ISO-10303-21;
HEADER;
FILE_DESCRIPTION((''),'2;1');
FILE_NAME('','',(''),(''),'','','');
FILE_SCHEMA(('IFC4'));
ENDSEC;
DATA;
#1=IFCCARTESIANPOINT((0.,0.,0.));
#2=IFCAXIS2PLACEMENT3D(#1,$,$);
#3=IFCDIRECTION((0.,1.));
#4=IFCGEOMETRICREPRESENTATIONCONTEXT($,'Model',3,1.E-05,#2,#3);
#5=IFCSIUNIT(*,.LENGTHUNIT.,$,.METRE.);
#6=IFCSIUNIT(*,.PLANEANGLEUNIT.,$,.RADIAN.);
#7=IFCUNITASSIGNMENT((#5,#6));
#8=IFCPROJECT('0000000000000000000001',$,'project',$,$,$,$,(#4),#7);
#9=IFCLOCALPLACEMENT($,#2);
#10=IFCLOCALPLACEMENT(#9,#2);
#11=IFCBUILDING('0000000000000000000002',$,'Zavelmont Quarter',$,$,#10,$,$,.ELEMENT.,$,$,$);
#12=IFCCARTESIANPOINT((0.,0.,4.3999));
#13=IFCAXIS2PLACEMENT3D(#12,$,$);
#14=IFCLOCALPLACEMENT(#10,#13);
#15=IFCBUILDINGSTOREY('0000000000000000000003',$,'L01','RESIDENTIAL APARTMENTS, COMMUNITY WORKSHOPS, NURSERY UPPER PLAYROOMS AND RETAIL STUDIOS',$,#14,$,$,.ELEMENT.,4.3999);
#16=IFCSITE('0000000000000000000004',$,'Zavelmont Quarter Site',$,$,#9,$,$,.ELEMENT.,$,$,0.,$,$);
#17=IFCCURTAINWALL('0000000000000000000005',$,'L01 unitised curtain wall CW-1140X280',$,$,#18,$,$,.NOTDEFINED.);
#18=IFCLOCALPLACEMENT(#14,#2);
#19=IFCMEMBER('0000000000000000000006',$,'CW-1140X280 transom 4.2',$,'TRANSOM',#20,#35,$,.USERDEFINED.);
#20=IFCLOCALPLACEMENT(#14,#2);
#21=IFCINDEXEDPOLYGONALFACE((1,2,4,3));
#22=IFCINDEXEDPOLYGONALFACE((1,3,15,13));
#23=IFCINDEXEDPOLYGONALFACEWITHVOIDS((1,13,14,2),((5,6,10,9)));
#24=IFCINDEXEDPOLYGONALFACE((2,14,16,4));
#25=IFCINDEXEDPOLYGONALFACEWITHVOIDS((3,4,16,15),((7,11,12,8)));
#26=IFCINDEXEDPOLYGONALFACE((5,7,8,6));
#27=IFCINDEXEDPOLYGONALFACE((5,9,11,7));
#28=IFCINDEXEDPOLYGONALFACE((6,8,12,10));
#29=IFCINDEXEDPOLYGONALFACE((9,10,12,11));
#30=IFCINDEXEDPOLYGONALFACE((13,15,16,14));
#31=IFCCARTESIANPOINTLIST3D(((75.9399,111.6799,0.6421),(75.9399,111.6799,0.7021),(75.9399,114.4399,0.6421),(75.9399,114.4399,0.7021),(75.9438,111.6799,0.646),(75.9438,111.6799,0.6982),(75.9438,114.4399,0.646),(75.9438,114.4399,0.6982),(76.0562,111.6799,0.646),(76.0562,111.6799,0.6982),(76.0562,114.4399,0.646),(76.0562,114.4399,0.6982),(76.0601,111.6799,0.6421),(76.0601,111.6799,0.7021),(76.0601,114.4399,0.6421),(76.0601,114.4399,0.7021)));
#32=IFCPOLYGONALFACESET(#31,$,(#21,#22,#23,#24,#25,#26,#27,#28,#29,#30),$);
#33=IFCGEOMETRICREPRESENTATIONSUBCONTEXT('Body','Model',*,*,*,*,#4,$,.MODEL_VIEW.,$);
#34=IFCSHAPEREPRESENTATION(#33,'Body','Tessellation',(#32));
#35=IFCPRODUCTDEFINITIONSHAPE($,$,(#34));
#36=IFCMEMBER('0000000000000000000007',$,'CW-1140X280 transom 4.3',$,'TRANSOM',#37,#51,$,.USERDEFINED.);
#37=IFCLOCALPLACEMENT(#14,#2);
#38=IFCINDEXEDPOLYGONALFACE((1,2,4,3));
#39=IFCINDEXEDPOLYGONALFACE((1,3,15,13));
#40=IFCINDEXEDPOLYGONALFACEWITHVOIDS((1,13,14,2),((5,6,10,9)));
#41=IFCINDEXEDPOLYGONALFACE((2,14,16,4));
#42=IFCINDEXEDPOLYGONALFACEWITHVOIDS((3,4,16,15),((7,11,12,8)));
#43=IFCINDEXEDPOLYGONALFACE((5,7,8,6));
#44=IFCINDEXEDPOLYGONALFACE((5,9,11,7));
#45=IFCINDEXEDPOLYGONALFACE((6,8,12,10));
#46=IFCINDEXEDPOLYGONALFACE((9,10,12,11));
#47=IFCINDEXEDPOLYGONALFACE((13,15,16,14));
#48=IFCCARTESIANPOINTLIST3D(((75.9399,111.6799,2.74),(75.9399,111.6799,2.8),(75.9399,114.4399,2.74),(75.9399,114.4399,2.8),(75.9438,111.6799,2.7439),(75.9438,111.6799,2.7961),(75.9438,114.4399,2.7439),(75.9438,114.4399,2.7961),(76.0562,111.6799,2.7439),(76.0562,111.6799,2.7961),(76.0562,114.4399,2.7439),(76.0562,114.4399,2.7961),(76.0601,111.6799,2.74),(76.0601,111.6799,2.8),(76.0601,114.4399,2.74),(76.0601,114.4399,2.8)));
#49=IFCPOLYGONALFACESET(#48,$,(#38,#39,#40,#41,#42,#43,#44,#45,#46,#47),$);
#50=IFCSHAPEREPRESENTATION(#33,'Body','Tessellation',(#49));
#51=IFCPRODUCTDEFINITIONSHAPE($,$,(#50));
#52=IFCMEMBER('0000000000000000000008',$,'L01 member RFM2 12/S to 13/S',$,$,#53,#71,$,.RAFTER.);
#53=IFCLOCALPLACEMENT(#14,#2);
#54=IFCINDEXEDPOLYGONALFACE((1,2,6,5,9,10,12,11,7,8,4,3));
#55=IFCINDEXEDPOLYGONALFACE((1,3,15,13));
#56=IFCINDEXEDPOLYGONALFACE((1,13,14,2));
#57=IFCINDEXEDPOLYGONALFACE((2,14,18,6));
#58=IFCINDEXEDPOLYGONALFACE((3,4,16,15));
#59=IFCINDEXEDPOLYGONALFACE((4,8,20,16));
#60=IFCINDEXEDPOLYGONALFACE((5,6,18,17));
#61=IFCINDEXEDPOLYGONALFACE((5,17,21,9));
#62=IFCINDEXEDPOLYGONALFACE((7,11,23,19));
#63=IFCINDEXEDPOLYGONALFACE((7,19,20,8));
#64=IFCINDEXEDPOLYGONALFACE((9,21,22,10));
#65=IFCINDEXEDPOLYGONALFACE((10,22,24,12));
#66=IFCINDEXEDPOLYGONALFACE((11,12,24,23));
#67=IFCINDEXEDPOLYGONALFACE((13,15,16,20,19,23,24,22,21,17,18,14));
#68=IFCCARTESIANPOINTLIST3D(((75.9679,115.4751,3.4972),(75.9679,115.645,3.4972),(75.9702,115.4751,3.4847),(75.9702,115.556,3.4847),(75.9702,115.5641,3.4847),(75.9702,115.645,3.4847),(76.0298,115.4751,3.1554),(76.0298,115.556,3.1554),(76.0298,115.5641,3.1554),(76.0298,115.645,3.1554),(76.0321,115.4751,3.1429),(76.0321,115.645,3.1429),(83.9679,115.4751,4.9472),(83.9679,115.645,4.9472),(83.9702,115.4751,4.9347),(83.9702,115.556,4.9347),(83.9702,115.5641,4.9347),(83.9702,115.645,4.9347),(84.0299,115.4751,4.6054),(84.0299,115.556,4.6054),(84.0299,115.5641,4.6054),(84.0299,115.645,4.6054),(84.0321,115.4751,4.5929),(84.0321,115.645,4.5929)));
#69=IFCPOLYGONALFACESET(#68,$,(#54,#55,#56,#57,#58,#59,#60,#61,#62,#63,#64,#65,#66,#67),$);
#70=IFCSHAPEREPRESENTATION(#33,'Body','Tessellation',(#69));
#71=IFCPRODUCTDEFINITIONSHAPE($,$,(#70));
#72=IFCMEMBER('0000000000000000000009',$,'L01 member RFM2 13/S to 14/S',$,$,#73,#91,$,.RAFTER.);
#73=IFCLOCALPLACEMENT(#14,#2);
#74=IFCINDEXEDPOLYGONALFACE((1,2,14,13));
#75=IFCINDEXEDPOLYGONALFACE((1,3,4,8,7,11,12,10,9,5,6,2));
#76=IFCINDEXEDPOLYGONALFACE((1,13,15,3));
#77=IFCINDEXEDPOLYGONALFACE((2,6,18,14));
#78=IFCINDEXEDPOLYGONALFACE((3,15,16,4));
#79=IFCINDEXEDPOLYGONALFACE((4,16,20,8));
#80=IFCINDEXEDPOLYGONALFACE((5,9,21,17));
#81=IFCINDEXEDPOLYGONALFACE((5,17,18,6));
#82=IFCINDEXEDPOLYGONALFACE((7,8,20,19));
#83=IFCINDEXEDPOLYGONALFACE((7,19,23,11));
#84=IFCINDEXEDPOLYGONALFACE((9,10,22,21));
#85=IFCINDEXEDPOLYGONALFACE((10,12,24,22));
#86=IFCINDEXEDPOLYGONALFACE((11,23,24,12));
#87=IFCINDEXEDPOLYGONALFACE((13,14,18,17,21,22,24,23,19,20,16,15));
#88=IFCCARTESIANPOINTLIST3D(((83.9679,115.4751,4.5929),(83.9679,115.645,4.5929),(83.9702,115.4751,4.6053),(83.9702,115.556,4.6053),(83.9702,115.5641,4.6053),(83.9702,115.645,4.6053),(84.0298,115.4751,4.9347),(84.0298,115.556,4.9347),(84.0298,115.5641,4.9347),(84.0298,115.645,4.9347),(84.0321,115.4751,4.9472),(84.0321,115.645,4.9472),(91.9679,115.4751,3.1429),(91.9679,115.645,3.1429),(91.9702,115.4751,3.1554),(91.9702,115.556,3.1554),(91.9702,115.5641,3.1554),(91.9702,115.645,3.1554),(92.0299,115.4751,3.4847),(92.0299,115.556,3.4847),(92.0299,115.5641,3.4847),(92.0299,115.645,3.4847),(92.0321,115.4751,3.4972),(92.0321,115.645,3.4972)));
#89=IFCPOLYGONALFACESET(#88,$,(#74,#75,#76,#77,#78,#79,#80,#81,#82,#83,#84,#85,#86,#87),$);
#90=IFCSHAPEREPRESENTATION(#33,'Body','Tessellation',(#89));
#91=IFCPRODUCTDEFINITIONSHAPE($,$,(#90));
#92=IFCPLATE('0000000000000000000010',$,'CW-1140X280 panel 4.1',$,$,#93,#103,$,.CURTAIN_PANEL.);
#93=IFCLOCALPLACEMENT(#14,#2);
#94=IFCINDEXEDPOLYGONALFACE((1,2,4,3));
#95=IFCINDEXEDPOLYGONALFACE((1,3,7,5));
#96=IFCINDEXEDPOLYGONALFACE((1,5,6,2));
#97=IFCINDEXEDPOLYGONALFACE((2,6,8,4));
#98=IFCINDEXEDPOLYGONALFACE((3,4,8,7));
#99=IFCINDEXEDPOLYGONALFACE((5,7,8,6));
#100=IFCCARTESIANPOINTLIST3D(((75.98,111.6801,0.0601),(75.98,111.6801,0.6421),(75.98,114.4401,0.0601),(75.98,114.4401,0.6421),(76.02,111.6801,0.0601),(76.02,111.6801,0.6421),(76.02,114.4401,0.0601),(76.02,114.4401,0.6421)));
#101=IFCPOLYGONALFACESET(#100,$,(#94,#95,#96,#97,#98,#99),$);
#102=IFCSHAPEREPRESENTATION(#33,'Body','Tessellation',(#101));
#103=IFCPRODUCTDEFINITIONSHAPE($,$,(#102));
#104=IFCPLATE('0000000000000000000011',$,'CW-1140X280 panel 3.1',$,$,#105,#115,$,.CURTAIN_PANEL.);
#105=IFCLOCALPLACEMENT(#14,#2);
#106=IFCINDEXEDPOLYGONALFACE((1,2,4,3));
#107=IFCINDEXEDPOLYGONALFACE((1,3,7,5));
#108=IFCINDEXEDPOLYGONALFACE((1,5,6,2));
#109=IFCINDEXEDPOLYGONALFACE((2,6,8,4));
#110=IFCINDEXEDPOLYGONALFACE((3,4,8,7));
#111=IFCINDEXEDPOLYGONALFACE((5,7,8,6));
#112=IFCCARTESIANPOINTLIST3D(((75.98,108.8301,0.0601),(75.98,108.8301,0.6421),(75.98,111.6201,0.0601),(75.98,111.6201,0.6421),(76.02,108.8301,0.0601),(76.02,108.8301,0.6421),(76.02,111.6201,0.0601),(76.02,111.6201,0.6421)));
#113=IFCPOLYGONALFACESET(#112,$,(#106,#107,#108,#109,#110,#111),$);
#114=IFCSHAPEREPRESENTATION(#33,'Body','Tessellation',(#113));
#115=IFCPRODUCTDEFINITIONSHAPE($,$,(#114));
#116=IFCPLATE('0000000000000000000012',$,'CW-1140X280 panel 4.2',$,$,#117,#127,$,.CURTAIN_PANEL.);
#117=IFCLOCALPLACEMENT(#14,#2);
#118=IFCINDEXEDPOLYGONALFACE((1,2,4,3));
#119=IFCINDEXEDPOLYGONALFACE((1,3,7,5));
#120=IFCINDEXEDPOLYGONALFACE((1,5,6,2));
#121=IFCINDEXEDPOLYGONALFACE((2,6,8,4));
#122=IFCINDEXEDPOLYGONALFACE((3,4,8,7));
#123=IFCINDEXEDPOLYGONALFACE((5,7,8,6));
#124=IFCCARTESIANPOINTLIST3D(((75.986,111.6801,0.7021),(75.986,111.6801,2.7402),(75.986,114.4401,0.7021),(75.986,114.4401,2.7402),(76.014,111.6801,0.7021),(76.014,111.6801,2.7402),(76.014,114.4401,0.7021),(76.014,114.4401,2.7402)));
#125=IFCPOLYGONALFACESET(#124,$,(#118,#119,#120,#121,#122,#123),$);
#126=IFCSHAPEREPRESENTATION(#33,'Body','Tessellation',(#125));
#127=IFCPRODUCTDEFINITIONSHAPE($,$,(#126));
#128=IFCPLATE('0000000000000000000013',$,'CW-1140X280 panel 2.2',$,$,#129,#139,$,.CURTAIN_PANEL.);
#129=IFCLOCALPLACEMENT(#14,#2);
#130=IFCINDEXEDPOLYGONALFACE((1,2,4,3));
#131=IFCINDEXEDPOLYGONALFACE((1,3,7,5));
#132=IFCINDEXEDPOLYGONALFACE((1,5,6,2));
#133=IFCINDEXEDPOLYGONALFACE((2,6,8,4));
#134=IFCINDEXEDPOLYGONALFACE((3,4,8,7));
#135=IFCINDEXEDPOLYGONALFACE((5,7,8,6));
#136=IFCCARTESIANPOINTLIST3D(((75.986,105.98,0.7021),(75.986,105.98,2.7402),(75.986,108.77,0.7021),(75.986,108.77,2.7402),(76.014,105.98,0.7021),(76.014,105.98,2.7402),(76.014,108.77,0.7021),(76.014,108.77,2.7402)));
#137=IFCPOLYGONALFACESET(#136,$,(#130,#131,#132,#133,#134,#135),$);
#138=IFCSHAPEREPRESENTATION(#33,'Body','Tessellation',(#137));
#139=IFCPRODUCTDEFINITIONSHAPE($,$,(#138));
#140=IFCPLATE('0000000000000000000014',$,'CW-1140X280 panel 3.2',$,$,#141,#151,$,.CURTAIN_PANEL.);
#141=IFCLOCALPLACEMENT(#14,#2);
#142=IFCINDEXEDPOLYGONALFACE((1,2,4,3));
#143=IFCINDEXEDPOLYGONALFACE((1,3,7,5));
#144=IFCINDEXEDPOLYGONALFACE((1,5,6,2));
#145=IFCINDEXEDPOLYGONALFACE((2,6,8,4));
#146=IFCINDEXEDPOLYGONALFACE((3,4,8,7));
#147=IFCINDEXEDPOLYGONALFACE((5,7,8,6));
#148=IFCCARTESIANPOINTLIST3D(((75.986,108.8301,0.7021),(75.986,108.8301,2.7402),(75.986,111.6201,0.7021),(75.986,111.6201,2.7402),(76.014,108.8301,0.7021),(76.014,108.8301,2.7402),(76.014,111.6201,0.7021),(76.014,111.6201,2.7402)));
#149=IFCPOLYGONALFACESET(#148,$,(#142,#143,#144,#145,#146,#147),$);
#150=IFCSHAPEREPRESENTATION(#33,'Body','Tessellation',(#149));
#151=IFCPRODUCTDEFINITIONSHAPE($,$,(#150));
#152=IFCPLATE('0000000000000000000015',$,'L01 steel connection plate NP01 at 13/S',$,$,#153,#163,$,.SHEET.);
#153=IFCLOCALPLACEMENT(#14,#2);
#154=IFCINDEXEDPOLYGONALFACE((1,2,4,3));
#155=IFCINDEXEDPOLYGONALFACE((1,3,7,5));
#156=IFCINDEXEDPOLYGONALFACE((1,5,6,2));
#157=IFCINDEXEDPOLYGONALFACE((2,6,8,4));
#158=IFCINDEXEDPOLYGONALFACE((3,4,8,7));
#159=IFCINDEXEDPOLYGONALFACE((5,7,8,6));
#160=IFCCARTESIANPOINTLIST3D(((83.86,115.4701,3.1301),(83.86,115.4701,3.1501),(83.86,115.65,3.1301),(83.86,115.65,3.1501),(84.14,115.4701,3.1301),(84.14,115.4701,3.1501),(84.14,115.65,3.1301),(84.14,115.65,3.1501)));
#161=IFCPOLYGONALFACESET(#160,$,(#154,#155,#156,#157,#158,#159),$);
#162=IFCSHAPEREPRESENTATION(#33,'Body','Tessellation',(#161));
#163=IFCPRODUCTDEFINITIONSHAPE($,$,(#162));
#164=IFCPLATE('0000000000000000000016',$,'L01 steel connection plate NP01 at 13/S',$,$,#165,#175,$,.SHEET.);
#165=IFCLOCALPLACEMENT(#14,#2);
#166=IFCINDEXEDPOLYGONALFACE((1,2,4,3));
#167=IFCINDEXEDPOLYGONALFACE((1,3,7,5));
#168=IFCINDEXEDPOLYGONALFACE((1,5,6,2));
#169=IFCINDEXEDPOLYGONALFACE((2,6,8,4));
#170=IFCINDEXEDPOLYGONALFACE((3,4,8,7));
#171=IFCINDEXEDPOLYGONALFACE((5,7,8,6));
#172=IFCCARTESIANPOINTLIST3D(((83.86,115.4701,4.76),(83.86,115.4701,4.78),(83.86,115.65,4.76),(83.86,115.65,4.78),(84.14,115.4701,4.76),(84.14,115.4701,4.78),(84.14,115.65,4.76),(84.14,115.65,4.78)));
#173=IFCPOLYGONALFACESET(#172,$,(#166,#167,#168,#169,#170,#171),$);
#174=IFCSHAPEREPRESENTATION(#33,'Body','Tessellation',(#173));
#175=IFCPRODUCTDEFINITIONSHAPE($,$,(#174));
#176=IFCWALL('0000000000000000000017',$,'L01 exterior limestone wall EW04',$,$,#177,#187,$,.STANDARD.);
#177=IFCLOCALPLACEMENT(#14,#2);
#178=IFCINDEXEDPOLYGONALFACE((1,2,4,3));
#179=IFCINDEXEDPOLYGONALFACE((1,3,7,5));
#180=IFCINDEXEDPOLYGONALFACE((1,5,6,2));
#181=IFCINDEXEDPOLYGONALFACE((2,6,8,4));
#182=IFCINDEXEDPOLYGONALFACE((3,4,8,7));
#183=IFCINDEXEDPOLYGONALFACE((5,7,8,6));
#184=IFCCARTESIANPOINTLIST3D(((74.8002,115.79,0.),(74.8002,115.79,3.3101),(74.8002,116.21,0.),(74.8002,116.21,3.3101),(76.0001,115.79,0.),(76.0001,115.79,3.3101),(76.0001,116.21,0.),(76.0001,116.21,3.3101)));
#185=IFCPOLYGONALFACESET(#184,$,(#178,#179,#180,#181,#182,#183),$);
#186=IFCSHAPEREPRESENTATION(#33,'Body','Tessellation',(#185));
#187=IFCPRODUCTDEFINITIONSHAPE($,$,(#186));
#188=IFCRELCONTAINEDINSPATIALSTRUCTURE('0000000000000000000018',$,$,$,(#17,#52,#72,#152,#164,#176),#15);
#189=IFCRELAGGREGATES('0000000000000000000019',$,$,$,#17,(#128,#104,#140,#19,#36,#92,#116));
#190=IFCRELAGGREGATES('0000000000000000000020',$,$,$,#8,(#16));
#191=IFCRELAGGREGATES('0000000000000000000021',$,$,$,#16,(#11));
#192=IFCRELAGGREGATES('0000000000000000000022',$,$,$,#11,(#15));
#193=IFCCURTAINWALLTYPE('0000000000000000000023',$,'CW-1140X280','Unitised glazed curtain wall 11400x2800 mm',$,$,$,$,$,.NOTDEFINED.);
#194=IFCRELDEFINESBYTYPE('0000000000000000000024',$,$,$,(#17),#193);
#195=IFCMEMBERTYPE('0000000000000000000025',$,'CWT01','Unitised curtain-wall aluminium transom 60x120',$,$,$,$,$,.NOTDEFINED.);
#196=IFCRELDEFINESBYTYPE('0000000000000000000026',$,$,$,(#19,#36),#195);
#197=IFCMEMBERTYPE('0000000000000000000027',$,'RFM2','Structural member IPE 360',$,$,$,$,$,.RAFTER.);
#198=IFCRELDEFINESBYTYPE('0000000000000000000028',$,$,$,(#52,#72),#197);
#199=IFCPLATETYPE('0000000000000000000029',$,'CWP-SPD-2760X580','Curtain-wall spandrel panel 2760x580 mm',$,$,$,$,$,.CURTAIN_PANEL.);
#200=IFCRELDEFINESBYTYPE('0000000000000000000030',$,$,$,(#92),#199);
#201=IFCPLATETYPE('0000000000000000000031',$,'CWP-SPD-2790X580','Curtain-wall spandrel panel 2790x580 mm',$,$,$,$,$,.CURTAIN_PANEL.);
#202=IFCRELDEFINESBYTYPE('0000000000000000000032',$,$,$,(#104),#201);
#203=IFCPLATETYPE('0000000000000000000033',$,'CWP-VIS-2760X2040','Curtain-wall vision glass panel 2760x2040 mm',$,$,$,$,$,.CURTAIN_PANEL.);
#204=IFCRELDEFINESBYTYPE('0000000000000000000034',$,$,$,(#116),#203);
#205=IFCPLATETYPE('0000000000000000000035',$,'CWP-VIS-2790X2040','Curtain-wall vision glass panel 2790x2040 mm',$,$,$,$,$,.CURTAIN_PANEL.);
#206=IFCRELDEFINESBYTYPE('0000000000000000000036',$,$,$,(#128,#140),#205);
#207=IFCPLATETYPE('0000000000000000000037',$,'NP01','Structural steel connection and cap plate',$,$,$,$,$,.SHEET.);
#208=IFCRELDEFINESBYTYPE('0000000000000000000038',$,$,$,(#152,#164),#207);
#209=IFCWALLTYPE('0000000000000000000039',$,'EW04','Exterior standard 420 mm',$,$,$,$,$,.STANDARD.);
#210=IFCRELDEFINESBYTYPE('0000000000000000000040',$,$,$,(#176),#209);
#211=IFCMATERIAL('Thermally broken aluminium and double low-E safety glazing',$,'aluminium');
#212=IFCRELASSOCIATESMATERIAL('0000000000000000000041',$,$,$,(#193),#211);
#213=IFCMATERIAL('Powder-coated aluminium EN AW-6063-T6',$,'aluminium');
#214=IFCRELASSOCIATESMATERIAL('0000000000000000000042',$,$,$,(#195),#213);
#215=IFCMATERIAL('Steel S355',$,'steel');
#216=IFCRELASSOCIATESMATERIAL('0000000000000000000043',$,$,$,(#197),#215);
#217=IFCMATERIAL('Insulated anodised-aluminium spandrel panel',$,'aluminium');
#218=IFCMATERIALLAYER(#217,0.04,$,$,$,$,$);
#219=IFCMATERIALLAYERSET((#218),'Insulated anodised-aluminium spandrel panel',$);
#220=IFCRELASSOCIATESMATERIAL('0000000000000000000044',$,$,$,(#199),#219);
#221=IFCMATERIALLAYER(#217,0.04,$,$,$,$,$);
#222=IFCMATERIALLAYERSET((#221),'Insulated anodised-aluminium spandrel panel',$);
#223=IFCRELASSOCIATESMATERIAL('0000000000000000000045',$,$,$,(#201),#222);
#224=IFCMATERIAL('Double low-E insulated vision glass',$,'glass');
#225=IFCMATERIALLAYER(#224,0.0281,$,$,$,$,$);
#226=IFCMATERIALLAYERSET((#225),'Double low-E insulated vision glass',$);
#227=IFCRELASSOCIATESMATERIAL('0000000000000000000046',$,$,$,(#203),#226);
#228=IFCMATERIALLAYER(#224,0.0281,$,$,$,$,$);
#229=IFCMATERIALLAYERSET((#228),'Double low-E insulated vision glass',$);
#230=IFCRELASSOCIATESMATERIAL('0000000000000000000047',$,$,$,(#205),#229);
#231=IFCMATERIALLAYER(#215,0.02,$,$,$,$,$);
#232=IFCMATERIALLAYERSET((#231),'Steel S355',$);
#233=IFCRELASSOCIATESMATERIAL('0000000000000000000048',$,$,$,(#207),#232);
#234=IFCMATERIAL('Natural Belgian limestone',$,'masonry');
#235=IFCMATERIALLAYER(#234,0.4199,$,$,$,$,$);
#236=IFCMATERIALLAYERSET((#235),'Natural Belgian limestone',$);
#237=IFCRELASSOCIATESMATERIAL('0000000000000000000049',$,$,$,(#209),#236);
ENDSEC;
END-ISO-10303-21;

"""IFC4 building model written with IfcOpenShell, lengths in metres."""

from ifc_helpers import new_model, si_unit, direction, frame, frame_2d, origin, origin_2d, place, context, subcontext, project, spatial, rectangle, hollow_rectangle, i_section, extrude, material, layer, layer_set, material_profile, profile_set, type_object, element, aggregate, save


model = new_model("IFC4")

# Units and contexts
model_context = context("Model", 3, precision=1e-05, world=origin(), true_north=direction((0.0, 1.0)))
body_context = subcontext(model_context, "Body", "Model", "MODEL_VIEW")
ifc_project = project(units=[si_unit("LENGTHUNIT", "METRE"), si_unit("PLANEANGLEUNIT", "RADIAN")], contexts=[model_context])

# Site, building, storey
site_placement = place(None, origin())
site = spatial("IfcSite", under=ifc_project, at=site_placement, Name="Zavelmont Quarter Site", CompositionType="ELEMENT", RefElevation=0.0)
building_placement = place(site_placement, origin())
building = spatial("IfcBuilding", under=site, at=building_placement, Name="Zavelmont Quarter", CompositionType="ELEMENT")
storey_placement = place(building_placement, frame((0.0, 0.0, 4.3999)))
storey = spatial("IfcBuildingStorey", under=building, at=storey_placement, Name="L01", Description="RESIDENTIAL APARTMENTS, COMMUNITY WORKSHOPS, NURSERY UPPER PLAYROOMS AND RETAIL STUDIOS", CompositionType="ELEMENT", Elevation=4.3999)

# Shared definitions
ifc_material_1 = material(Name="Steel S355", Category="steel")

# Curtain wall, members
ifc_material_2 = material(Name="Thermally broken aluminium and double low-E safety glazing", Category="aluminium")
curtain_wall_type = type_object("IfcCurtainWallType", Name="CW-1140X280", Description="Unitised glazed curtain wall 11400x2800 mm", PredefinedType="NOTDEFINED", material=ifc_material_2)
curtain_wall_placement = place(storey_placement, origin())
curtain_wall = element("IfcCurtainWall", 1, at=curtain_wall_placement, inside=storey, type_object=curtain_wall_type, Name="L01 unitised curtain wall CW-1140X280", PredefinedType="NOTDEFINED")
ifc_material_3 = material(Name="Powder-coated aluminium EN AW-6063-T6", Category="aluminium")
ifc_material_profile_1 = material_profile(ifc_material_3, hollow_rectangle(XDim=0.1201, YDim=0.0601, WallThickness=0.0039, at=origin_2d()), Name="CWT60X120")
ifc_profile_set_1 = profile_set([ifc_material_profile_1], Name="Powder-coated aluminium EN AW-6063-T6")
member_type_1 = type_object("IfcMemberType", Name="CWT01", Description="Unitised curtain-wall aluminium transom 60x120", PredefinedType="NOTDEFINED", material=ifc_profile_set_1)
member_1_placement = place(storey_placement, frame((76.0, 111.6799, 0.6721), z_axis=(0.0, 1.0, 0.0), x_axis=(-1.0, 0.0, 0.0)))
member_1 = element("IfcMember", 2, at=member_1_placement, type_object=member_type_1, Name="CW-1140X280 transom 4.2", ObjectType="TRANSOM", PredefinedType="USERDEFINED", context=body_context, shape_type="SweptSolid", body=[
    extrude(hollow_rectangle(XDim=0.1201, YDim=0.0601, WallThickness=0.0039, at=origin_2d()), origin(), (0.0, 0.0, 1.0), 2.76),
])
member_2_placement = place(storey_placement, frame((76.0, 111.6799, 2.77), z_axis=(0.0, 1.0, 0.0), x_axis=(-1.0, 0.0, 0.0)))
member_2 = element("IfcMember", 3, at=member_2_placement, type_object=member_type_1, Name="CW-1140X280 transom 4.3", ObjectType="TRANSOM", PredefinedType="USERDEFINED", context=body_context, shape_type="SweptSolid", body=[
    extrude(hollow_rectangle(XDim=0.1201, YDim=0.0601, WallThickness=0.0039, at=origin_2d()), origin(), (0.0, 0.0, 1.0), 2.76),
])

# Members
ifc_material_profile_2 = material_profile(ifc_material_1, i_section(OverallWidth=0.1699, OverallDepth=0.3601, WebThickness=0.0081, FlangeThickness=0.0127, at=origin_2d()), Name="IPE 360")
ifc_profile_set_2 = profile_set([ifc_material_profile_2], Name="Steel S355")
member_type_2 = type_object("IfcMemberType", Name="RFM2", Description="Structural member IPE 360", PredefinedType="RAFTER", material=ifc_profile_set_2)
for number, where, z_axis, x_axis, name in (
    (4, (76.0, 115.5601, 3.3201), (0.983969, 0.0, 0.178338), (0.0, 1.0, 0.0), "L01 member RFM2 12/S to 13/S"),
    (5, (84.0, 115.5601, 4.77), (0.983969, 0.0, -0.178338), (0.0, 1.0, 0.0), "L01 member RFM2 13/S to 14/S"),
):
    element("IfcMember", number, at=place(storey_placement, frame(where, z_axis=z_axis, x_axis=x_axis)), inside=storey, type_object=member_type_2, Name=name, PredefinedType="RAFTER", context=body_context, shape_type="SweptSolid", body=[
        extrude(i_section(OverallWidth=0.1699, OverallDepth=0.3601, WebThickness=0.0081, FlangeThickness=0.0127, at=origin_2d()), origin(), (0.0, 0.0, 1.0), 8.1304),
    ])

# Plates
ifc_material_4 = material(Name="Insulated anodised-aluminium spandrel panel", Category="aluminium")
ifc_layer_1 = layer(ifc_material_4, 0.04)
ifc_layer_set_1 = layer_set([ifc_layer_1], Name="Insulated anodised-aluminium spandrel panel")
plate_type_1 = type_object("IfcPlateType", Name="CWP-SPD-2760X580", Description="Curtain-wall spandrel panel 2760x580 mm", PredefinedType="CURTAIN_PANEL", material=ifc_layer_set_1)
plate_1_placement = place(storey_placement, frame((76.0, 113.0601, 0.0601), z_axis=(0.0, 0.0, 1.0), x_axis=(0.0, 1.0, 0.0)))
plate_1 = element("IfcPlate", 6, at=plate_1_placement, type_object=plate_type_1, Name="CW-1140X280 panel 4.1", PredefinedType="CURTAIN_PANEL", context=body_context, shape_type="SweptSolid", body=[
    extrude(rectangle(XDim=2.76, YDim=0.04, at=origin_2d()), origin(), (0.0, 0.0, 1.0), 0.582),
])
ifc_layer_2 = layer(ifc_material_4, 0.04)
ifc_layer_set_2 = layer_set([ifc_layer_2], Name="Insulated anodised-aluminium spandrel panel")
plate_type_2 = type_object("IfcPlateType", Name="CWP-SPD-2790X580", Description="Curtain-wall spandrel panel 2790x580 mm", PredefinedType="CURTAIN_PANEL", material=ifc_layer_set_2)
plate_2_placement = place(storey_placement, frame((76.0, 110.2251, 0.0601), z_axis=(0.0, 0.0, 1.0), x_axis=(0.0, 1.0, 0.0)))
plate_2 = element("IfcPlate", 7, at=plate_2_placement, type_object=plate_type_2, Name="CW-1140X280 panel 3.1", PredefinedType="CURTAIN_PANEL", context=body_context, shape_type="SweptSolid", body=[
    extrude(rectangle(XDim=2.79, YDim=0.04, at=origin_2d()), origin(), (0.0, 0.0, 1.0), 0.582),
])
ifc_material_5 = material(Name="Double low-E insulated vision glass", Category="glass")
ifc_layer_3 = layer(ifc_material_5, 0.0281)
ifc_layer_set_3 = layer_set([ifc_layer_3], Name="Double low-E insulated vision glass")
plate_type_3 = type_object("IfcPlateType", Name="CWP-VIS-2760X2040", Description="Curtain-wall vision glass panel 2760x2040 mm", PredefinedType="CURTAIN_PANEL", material=ifc_layer_set_3)
plate_3_placement = place(storey_placement, frame((76.0, 113.0601, 0.7021), z_axis=(0.0, 0.0, 1.0), x_axis=(0.0, 1.0, 0.0)))
plate_3 = element("IfcPlate", 8, at=plate_3_placement, type_object=plate_type_3, Name="CW-1140X280 panel 4.2", PredefinedType="CURTAIN_PANEL", context=body_context, shape_type="SweptSolid", body=[
    extrude(rectangle(XDim=2.76, YDim=0.0281, at=origin_2d()), origin(), (0.0, 0.0, 1.0), 2.0381),
])
ifc_layer_4 = layer(ifc_material_5, 0.0281)
ifc_layer_set_4 = layer_set([ifc_layer_4], Name="Double low-E insulated vision glass")
plate_type_4 = type_object("IfcPlateType", Name="CWP-VIS-2790X2040", Description="Curtain-wall vision glass panel 2790x2040 mm", PredefinedType="CURTAIN_PANEL", material=ifc_layer_set_4)
plate_4_placement = place(storey_placement, frame((76.0, 107.375, 0.7021), z_axis=(0.0, 0.0, 1.0), x_axis=(0.0, 1.0, 0.0)))
plate_4 = element("IfcPlate", 9, at=plate_4_placement, type_object=plate_type_4, Name="CW-1140X280 panel 2.2", PredefinedType="CURTAIN_PANEL", context=body_context, shape_type="SweptSolid", body=[
    extrude(rectangle(XDim=2.79, YDim=0.0281, at=origin_2d()), origin(), (0.0, 0.0, 1.0), 2.0381),
])
plate_5_placement = place(storey_placement, frame((76.0, 110.2251, 0.7021), z_axis=(0.0, 0.0, 1.0), x_axis=(0.0, 1.0, 0.0)))
plate_5 = element("IfcPlate", 10, at=plate_5_placement, type_object=plate_type_4, Name="CW-1140X280 panel 3.2", PredefinedType="CURTAIN_PANEL", context=body_context, shape_type="SweptSolid", body=[
    extrude(rectangle(XDim=2.79, YDim=0.0281, at=origin_2d()), origin(), (0.0, 0.0, 1.0), 2.0381),
])
aggregate(curtain_wall, [plate_4, plate_2, plate_5, member_1, member_2, plate_1, plate_3])

# Plates
ifc_layer_5 = layer(ifc_material_1, 0.02)
ifc_layer_set_5 = layer_set([ifc_layer_5], Name="Steel S355")
plate_type_5 = type_object("IfcPlateType", Name="NP01", Description="Structural steel connection and cap plate", PredefinedType="SHEET", material=ifc_layer_set_5)
for number, where, z_axis, x_axis, name in (
    (11, (84.0, 115.5601, 3.1301), (0.0, 0.0, 1.0), (1.0, 0.0, 0.0), "L01 steel connection plate NP01 at 13/S"),
    (12, (84.0, 115.5601, 4.76), (0.0, 0.0, 1.0), (1.0, 0.0, 0.0), "L01 steel connection plate NP01 at 13/S"),
):
    element("IfcPlate", number, at=place(storey_placement, frame(where, z_axis=z_axis, x_axis=x_axis)), inside=storey, type_object=plate_type_5, Name=name, PredefinedType="SHEET", context=body_context, shape_type="SweptSolid", body=[
        extrude(rectangle(XDim=0.28, YDim=0.1799, at=origin_2d()), origin(), (0.0, 0.0, 1.0), 0.02),
    ])

# Wall
ifc_material_6 = material(Name="Natural Belgian limestone", Category="masonry")
ifc_layer_6 = layer(ifc_material_6, 0.4199)
ifc_layer_set_6 = layer_set([ifc_layer_6], Name="Natural Belgian limestone")
wall_type = type_object("IfcWallType", Name="EW04", Description="Exterior standard 420 mm", PredefinedType="STANDARD", material=ifc_layer_set_6)
wall_1_placement = place(storey_placement, frame((74.8, 116.0, 0.0), z_axis=(0.0, 0.0, 1.0), x_axis=(1.0, 0.0, 0.0)))
element("IfcWall", 13, at=wall_1_placement, inside=storey, type_object=wall_type, Name="L01 exterior limestone wall EW04", PredefinedType="STANDARD", context=body_context, shape_type="SweptSolid", body=[
    extrude(rectangle(XDim=1.2, YDim=0.4199, at=frame_2d((0.6001, 0.0))), origin(), (0.0, 0.0, 1.0), 3.3101),
])

save(model, "model.ifc")
